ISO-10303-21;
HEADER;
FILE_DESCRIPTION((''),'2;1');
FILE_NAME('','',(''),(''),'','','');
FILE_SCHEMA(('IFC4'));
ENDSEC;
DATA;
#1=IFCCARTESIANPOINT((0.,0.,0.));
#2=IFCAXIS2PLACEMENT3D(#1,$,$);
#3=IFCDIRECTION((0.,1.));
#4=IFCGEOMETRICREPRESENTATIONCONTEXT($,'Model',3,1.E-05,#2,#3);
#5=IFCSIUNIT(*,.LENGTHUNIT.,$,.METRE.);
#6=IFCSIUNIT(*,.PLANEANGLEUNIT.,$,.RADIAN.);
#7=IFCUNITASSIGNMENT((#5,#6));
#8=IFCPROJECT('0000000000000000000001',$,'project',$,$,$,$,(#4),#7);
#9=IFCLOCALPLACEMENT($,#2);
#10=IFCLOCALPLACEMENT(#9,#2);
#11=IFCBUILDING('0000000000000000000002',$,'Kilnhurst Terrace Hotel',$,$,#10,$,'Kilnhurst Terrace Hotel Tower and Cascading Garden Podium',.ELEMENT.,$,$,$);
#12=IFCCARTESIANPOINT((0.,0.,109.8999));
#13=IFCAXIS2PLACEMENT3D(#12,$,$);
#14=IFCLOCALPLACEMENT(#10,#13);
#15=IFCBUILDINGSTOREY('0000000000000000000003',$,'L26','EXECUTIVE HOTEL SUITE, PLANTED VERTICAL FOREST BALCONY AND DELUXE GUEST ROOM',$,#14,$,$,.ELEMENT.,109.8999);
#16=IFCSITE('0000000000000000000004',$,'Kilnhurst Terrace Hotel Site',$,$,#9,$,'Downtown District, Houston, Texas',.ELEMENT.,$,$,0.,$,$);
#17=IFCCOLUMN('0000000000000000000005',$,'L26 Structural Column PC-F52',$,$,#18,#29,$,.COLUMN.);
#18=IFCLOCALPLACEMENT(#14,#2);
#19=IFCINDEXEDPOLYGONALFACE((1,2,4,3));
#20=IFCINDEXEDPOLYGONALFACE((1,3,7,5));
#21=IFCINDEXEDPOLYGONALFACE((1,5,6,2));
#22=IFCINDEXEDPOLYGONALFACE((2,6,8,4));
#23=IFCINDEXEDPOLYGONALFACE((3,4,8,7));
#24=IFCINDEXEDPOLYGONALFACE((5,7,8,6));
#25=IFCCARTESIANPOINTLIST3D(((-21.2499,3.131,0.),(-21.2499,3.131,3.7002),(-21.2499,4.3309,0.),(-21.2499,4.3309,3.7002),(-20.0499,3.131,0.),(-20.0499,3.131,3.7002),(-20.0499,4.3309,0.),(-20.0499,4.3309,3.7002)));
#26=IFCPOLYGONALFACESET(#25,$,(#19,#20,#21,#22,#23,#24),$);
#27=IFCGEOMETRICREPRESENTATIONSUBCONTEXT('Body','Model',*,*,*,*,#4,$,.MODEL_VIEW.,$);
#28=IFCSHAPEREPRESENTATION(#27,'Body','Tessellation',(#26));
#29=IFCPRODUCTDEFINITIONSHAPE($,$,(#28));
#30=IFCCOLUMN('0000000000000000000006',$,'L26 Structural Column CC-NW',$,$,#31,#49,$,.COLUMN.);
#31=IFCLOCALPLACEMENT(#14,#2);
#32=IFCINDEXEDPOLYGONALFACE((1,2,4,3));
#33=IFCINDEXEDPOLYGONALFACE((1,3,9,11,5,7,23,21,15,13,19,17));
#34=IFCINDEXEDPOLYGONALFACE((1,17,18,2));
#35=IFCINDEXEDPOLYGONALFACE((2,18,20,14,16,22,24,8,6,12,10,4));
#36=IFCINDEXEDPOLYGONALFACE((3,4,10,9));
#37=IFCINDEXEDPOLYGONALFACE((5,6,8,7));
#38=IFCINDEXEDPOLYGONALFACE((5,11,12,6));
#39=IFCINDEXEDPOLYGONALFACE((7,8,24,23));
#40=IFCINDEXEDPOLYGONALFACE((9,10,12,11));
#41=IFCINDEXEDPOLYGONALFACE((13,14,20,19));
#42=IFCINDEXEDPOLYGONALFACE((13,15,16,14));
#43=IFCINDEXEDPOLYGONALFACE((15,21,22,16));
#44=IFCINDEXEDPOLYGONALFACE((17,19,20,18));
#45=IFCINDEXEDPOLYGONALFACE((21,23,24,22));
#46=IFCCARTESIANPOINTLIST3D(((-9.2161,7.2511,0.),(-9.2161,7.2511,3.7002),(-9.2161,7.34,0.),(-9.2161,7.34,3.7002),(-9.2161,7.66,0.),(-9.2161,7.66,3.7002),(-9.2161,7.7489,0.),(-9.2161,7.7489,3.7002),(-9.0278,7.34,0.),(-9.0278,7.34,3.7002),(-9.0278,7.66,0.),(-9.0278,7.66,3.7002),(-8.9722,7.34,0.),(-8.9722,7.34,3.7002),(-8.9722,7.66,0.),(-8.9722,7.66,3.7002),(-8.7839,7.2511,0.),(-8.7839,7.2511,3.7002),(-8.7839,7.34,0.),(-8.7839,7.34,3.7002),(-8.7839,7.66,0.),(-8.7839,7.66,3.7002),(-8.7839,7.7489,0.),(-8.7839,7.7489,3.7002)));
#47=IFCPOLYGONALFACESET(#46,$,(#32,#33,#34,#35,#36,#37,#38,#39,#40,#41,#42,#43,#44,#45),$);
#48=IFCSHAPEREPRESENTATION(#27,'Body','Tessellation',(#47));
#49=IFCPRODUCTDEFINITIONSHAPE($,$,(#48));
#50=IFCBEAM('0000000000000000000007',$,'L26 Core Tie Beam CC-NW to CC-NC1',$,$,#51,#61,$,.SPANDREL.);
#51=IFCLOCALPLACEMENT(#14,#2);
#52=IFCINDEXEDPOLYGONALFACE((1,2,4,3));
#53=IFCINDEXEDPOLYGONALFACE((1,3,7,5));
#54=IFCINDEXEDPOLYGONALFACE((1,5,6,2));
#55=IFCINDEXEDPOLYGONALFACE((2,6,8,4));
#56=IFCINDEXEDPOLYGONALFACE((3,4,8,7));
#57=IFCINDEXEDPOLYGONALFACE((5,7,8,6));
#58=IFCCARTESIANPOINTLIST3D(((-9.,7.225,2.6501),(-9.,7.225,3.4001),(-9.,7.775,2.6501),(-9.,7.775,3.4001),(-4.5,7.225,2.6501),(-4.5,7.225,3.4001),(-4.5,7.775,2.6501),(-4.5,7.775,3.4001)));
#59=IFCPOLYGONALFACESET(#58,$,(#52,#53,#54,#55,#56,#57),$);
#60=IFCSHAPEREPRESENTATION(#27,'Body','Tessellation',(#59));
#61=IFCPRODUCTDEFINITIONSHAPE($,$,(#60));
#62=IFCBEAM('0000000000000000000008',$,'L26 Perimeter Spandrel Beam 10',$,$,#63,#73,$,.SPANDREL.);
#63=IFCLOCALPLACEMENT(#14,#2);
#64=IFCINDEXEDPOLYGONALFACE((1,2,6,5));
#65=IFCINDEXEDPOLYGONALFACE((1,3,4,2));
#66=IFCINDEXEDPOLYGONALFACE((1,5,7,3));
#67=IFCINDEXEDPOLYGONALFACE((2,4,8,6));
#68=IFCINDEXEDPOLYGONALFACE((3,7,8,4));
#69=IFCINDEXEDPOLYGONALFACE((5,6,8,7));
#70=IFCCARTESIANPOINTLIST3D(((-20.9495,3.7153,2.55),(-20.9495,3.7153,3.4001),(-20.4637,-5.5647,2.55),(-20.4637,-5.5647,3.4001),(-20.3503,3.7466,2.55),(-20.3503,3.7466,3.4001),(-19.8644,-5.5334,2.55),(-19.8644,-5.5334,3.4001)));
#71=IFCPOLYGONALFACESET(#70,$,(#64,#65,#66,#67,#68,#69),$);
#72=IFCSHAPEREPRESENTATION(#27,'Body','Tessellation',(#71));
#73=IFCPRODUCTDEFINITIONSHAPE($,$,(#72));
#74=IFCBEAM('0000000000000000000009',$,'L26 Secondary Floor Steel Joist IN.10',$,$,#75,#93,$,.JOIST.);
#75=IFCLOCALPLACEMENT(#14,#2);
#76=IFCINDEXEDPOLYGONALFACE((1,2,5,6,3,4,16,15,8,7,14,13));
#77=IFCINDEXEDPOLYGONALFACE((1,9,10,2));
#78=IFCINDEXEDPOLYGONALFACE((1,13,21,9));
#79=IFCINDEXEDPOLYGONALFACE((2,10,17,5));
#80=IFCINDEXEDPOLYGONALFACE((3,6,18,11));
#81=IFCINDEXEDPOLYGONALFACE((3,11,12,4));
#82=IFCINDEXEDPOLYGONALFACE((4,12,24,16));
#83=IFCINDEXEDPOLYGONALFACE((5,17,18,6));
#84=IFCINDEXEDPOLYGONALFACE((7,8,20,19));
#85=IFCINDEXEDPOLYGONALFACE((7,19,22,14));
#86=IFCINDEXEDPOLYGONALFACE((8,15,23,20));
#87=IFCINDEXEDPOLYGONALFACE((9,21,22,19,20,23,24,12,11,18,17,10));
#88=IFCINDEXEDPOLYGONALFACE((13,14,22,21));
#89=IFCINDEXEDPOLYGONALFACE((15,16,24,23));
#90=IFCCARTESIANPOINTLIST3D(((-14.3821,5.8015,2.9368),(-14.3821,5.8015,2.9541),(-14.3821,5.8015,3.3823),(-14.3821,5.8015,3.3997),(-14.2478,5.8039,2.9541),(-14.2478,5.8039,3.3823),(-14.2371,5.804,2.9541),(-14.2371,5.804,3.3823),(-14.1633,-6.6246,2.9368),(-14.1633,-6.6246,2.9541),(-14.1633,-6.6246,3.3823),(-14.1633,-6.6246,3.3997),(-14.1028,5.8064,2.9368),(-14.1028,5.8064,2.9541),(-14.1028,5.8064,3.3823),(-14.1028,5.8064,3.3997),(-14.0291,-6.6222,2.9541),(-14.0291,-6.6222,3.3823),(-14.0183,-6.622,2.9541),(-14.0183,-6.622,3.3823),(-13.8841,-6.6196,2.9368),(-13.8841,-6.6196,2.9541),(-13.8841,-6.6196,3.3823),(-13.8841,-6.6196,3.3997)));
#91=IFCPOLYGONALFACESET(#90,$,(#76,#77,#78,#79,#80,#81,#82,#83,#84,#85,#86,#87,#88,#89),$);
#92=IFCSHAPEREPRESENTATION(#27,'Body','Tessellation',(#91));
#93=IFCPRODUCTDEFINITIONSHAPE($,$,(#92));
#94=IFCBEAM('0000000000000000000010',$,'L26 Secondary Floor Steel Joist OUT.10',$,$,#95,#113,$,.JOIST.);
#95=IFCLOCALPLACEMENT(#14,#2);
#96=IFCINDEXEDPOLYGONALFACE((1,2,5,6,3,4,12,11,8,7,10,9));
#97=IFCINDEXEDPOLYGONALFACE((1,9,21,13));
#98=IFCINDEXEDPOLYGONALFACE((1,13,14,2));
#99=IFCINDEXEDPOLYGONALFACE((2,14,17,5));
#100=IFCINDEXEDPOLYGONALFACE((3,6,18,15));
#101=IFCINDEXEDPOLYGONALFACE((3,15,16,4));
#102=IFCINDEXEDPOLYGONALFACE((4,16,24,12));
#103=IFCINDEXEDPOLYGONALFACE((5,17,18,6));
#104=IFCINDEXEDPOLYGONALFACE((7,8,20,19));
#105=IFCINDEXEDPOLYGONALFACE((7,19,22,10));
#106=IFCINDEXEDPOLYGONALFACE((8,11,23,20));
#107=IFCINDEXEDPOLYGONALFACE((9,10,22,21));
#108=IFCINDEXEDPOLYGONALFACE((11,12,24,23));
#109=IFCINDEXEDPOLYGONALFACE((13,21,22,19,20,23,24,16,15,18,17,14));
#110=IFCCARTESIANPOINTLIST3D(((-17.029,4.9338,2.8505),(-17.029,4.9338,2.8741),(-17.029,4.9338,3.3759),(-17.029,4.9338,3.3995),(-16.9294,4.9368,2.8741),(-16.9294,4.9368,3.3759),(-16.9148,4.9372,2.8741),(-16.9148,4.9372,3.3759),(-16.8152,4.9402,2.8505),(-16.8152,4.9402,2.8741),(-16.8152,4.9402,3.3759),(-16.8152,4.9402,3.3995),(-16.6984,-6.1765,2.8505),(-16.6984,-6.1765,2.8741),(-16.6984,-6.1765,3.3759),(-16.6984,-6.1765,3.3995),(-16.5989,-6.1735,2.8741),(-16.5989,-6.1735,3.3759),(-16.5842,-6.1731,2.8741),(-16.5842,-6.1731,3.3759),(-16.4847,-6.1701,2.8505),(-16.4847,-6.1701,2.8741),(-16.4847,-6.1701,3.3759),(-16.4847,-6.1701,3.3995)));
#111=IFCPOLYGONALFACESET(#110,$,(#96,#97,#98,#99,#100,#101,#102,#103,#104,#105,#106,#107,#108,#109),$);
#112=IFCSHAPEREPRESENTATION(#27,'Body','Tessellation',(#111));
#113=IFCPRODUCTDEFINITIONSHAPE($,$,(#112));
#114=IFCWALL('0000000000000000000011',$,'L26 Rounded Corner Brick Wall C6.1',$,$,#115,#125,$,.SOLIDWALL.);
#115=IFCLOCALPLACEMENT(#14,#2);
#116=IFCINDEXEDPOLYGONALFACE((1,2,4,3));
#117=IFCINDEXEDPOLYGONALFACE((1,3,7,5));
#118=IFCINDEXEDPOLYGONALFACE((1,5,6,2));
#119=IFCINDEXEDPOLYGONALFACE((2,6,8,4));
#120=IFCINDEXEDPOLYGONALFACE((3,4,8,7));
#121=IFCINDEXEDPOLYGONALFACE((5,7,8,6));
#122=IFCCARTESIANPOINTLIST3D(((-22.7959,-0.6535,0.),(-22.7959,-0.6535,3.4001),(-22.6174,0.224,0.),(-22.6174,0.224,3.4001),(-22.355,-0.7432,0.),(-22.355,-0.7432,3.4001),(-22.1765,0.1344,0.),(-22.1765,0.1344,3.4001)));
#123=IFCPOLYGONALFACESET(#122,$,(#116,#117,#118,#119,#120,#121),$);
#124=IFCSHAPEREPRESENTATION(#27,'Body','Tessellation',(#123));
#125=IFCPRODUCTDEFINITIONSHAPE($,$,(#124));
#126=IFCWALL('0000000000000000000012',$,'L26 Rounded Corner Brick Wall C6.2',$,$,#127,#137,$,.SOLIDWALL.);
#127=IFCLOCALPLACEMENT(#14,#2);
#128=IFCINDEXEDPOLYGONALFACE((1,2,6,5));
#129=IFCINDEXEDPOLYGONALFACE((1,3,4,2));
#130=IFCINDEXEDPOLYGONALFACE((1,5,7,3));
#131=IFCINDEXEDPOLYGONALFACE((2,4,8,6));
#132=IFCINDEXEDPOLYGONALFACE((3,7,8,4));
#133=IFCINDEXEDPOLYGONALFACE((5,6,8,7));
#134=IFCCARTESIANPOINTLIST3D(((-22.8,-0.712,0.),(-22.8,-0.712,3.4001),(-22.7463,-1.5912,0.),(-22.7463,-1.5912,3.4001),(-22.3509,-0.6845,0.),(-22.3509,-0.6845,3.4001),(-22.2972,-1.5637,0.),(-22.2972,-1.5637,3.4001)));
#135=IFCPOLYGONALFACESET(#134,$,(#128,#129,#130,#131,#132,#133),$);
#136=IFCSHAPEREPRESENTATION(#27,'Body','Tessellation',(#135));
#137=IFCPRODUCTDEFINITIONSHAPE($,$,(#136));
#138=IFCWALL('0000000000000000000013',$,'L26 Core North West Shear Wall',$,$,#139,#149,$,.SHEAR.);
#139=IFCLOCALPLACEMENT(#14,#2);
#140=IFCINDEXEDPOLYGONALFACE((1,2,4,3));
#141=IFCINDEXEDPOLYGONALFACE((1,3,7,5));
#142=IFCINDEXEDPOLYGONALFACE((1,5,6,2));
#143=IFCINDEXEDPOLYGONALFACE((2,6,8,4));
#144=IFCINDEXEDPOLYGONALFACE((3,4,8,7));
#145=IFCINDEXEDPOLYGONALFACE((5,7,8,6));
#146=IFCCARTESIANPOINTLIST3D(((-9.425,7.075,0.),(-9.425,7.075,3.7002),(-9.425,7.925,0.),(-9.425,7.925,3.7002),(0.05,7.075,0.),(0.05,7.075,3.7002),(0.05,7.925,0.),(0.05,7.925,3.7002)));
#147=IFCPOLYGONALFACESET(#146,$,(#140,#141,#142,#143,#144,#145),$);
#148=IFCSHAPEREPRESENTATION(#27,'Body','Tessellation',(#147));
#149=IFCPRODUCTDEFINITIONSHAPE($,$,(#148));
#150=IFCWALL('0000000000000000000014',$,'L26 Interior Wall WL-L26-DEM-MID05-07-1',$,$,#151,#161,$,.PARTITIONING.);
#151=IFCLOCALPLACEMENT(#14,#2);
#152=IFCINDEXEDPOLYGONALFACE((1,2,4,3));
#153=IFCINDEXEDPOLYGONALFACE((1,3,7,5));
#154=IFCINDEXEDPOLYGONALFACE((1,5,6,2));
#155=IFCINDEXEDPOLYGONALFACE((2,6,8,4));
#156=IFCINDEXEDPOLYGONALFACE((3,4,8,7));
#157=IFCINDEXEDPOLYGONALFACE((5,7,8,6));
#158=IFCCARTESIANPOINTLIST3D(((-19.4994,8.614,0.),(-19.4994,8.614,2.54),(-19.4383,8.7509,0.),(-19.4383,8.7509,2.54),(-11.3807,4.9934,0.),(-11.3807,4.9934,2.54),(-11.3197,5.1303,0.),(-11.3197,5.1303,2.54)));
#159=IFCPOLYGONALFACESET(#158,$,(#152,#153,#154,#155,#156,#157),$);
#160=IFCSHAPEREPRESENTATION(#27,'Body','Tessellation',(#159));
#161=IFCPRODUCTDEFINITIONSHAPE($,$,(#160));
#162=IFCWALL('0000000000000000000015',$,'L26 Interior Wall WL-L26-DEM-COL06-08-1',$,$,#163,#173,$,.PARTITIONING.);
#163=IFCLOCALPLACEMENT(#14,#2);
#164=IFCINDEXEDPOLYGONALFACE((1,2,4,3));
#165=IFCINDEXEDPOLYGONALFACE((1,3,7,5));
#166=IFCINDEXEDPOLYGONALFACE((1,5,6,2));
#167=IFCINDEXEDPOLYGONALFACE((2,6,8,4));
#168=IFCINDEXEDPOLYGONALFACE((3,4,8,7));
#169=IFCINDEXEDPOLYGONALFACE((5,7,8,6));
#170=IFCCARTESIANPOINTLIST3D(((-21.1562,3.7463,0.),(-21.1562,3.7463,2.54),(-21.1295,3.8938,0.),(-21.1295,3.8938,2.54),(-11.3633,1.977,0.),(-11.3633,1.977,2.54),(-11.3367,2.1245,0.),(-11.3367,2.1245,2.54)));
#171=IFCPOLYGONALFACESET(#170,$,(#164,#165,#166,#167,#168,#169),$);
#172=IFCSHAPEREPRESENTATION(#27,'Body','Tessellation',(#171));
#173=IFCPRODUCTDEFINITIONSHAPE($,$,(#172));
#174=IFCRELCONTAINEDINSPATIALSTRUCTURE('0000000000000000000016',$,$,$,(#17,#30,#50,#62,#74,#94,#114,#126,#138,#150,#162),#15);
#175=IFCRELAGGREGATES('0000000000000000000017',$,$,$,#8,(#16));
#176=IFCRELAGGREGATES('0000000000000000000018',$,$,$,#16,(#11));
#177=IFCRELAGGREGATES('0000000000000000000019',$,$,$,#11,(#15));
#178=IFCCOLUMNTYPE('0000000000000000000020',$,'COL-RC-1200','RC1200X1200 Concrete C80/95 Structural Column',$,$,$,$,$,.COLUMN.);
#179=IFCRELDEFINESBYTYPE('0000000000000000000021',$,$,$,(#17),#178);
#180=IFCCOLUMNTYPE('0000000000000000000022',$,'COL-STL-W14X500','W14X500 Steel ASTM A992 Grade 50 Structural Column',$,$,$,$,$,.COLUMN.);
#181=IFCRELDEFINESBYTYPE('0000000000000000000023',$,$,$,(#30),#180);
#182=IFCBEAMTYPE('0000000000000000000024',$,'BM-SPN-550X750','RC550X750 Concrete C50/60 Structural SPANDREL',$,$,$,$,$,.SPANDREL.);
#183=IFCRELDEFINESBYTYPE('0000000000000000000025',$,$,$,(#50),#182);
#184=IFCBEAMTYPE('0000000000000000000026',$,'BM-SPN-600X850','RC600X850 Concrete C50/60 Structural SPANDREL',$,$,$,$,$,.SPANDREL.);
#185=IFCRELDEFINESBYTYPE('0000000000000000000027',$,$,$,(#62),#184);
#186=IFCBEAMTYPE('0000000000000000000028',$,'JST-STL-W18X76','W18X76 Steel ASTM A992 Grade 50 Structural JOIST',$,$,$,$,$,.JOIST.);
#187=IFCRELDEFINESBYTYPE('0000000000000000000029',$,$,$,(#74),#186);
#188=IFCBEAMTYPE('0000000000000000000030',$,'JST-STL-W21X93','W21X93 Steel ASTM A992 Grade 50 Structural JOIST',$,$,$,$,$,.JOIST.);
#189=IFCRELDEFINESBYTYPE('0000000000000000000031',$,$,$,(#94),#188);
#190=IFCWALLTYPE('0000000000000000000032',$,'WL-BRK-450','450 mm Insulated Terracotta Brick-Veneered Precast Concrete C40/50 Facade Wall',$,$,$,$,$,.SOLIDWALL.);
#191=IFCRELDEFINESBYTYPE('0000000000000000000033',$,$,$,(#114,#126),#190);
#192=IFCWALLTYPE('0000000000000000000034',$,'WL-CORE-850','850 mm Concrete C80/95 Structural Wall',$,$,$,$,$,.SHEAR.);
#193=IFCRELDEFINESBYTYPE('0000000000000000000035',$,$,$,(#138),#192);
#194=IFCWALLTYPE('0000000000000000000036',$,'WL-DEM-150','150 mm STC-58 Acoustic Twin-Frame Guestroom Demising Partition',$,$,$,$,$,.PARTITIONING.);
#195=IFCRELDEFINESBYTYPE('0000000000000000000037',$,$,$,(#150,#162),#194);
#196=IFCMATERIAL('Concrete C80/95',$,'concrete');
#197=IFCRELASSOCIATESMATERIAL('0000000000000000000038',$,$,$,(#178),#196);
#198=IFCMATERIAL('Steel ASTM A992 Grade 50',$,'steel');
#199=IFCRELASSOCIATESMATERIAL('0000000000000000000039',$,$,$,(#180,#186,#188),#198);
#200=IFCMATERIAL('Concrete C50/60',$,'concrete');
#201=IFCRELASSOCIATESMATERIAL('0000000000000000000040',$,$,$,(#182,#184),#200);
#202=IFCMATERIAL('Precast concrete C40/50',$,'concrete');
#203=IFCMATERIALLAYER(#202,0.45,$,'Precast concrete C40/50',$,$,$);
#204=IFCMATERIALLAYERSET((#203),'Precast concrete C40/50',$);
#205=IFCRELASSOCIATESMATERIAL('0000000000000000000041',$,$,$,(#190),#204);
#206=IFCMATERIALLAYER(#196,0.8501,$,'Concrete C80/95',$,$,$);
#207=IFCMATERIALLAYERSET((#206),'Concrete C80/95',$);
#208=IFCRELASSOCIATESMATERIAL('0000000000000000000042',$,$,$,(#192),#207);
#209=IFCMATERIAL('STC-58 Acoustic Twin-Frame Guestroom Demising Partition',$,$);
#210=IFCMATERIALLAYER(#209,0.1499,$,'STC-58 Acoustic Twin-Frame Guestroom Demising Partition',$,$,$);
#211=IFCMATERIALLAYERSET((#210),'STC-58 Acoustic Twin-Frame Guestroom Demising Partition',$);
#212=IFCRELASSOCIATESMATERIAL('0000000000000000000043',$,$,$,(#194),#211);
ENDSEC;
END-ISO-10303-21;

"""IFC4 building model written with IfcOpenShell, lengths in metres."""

from ifc_helpers import new_model, si_unit, direction, frame, frame_2d, origin, origin_2d, place, context, subcontext, project, spatial, rectangle, i_section, extrude, material, layer, layer_set, material_profile, profile_set, type_object, element, save


model = new_model("IFC4")

# Units and contexts
model_context = context("Model", 3, precision=1e-05, world=origin(), true_north=direction((0.0, 1.0)))
body_context = subcontext(model_context, "Body", "Model", "MODEL_VIEW")
ifc_project = project(units=[si_unit("LENGTHUNIT", "METRE"), si_unit("PLANEANGLEUNIT", "RADIAN")], contexts=[model_context])

# Site, building, storey
site_placement = place(None, origin())
site = spatial("IfcSite", under=ifc_project, at=site_placement, Name="Kilnhurst Terrace Hotel Site", LongName="Downtown District, Houston, Texas", CompositionType="ELEMENT", RefElevation=0.0)
building_placement = place(site_placement, origin())
building = spatial("IfcBuilding", under=site, at=building_placement, Name="Kilnhurst Terrace Hotel", LongName="Kilnhurst Terrace Hotel Tower and Cascading Garden Podium", CompositionType="ELEMENT")
storey_placement = place(building_placement, frame((0.0, 0.0, 109.8999)))
storey = spatial("IfcBuildingStorey", under=building, at=storey_placement, Name="L26", Description="EXECUTIVE HOTEL SUITE, PLANTED VERTICAL FOREST BALCONY AND DELUXE GUEST ROOM", CompositionType="ELEMENT", Elevation=109.8999)

# Columns
ifc_material_1 = material(Name="Concrete C80/95", Category="concrete")
ifc_material_profile_1 = material_profile(ifc_material_1, rectangle(XDim=1.2, YDim=1.2, at=origin_2d()), Name="RC1200X1200")
ifc_profile_set_1 = profile_set([ifc_material_profile_1], Name="Concrete C80/95")
column_type_1 = type_object("IfcColumnType", Name="COL-RC-1200", Description="RC1200X1200 Concrete C80/95 Structural Column", PredefinedType="COLUMN", material=ifc_profile_set_1)
column_1_placement = place(storey_placement, frame((-20.6499, 3.731, 0.0), z_axis=(0.0, 0.0, 1.0), x_axis=(1.0, 0.0, 0.0)))
element("IfcColumn", 1, at=column_1_placement, inside=storey, type_object=column_type_1, Name="L26 Structural Column PC-F52", PredefinedType="COLUMN", context=body_context, shape_type="SweptSolid", body=[
    extrude(rectangle(XDim=1.2, YDim=1.2, at=origin_2d()), origin(), (0.0, 0.0, 1.0), 3.7002),
])
ifc_material_2 = material(Name="Steel ASTM A992 Grade 50", Category="steel")
ifc_material_profile_2 = material_profile(ifc_material_2, i_section(OverallWidth=0.4321, OverallDepth=0.4978, WebThickness=0.0557, FlangeThickness=0.0889, at=origin_2d()), Name="W14X500")
ifc_profile_set_2 = profile_set([ifc_material_profile_2], Name="Steel ASTM A992 Grade 50")
column_type_2 = type_object("IfcColumnType", Name="COL-STL-W14X500", Description="W14X500 Steel ASTM A992 Grade 50 Structural Column", PredefinedType="COLUMN", material=ifc_profile_set_2)
column_2_placement = place(storey_placement, frame((-9.0, 7.5, 0.0), z_axis=(0.0, 0.0, 1.0), x_axis=(1.0, 0.0, 0.0)))
element("IfcColumn", 2, at=column_2_placement, inside=storey, type_object=column_type_2, Name="L26 Structural Column CC-NW", PredefinedType="COLUMN", context=body_context, shape_type="SweptSolid", body=[
    extrude(i_section(OverallWidth=0.4321, OverallDepth=0.4978, WebThickness=0.0557, FlangeThickness=0.0889, at=origin_2d()), origin(), (0.0, 0.0, 1.0), 3.7002),
])

# Beams
ifc_material_3 = material(Name="Concrete C50/60", Category="concrete")
ifc_material_profile_3 = material_profile(ifc_material_3, rectangle(XDim=0.55, YDim=0.75, at=origin_2d()), Name="RC550X750")
ifc_profile_set_3 = profile_set([ifc_material_profile_3], Name="Concrete C50/60")
beam_type_1 = type_object("IfcBeamType", Name="BM-SPN-550X750", Description="RC550X750 Concrete C50/60 Structural SPANDREL", PredefinedType="SPANDREL", material=ifc_profile_set_3)
beam_1_placement = place(storey_placement, frame((-9.0, 7.5, 3.0251), z_axis=(1.0, 0.0, 0.0), x_axis=(0.0, 1.0, 0.0)))
element("IfcBeam", 3, at=beam_1_placement, inside=storey, type_object=beam_type_1, Name="L26 Core Tie Beam CC-NW to CC-NC1", PredefinedType="SPANDREL", context=body_context, shape_type="SweptSolid", body=[
    extrude(rectangle(XDim=0.55, YDim=0.75, at=origin_2d()), origin(), (0.0, 0.0, 1.0), 4.5),
])
ifc_material_profile_4 = material_profile(ifc_material_3, rectangle(XDim=0.6001, YDim=0.8501, at=origin_2d()), Name="RC600X850")
ifc_profile_set_4 = profile_set([ifc_material_profile_4], Name="Concrete C50/60")
beam_type_2 = type_object("IfcBeamType", Name="BM-SPN-600X850", Description="RC600X850 Concrete C50/60 Structural SPANDREL", PredefinedType="SPANDREL", material=ifc_profile_set_4)
beam_2_placement = place(storey_placement, frame((-20.6499, 3.731, 2.9751), z_axis=(0.052282, -0.998632, 0.0), x_axis=(0.998632, 0.052282, 0.0)))
element("IfcBeam", 4, at=beam_2_placement, inside=storey, type_object=beam_type_2, Name="L26 Perimeter Spandrel Beam 10", PredefinedType="SPANDREL", context=body_context, shape_type="SweptSolid", body=[
    extrude(rectangle(XDim=0.6001, YDim=0.8501, at=origin_2d()), origin(), (0.0, 0.0, 1.0), 9.2927),
])
ifc_material_profile_5 = material_profile(ifc_material_2, i_section(OverallWidth=0.2793, OverallDepth=0.4629, WebThickness=0.0107, FlangeThickness=0.0173, at=origin_2d()), Name="W18X76")
ifc_profile_set_5 = profile_set([ifc_material_profile_5], Name="Steel ASTM A992 Grade 50")
beam_type_3 = type_object("IfcBeamType", Name="JST-STL-W18X76", Description="W18X76 Steel ASTM A992 Grade 50 Structural JOIST", PredefinedType="JOIST", material=ifc_profile_set_5)
beam_3_placement = place(storey_placement, frame((-14.2424, 5.804, 3.1682), z_axis=(0.017601, -0.999845, 0.0), x_axis=(0.999845, 0.017601, 0.0)))
element("IfcBeam", 5, at=beam_3_placement, inside=storey, type_object=beam_type_3, Name="L26 Secondary Floor Steel Joist IN.10", PredefinedType="JOIST", context=body_context, shape_type="SweptSolid", body=[
    extrude(i_section(OverallWidth=0.2793, OverallDepth=0.4629, WebThickness=0.0107, FlangeThickness=0.0173, at=origin_2d()), origin(), (0.0, 0.0, 1.0), 12.428),
])
ifc_material_profile_6 = material_profile(ifc_material_2, i_section(OverallWidth=0.2139, OverallDepth=0.5491, WebThickness=0.0146, FlangeThickness=0.0237, at=origin_2d()), Name="W21X93")
ifc_profile_set_6 = profile_set([ifc_material_profile_6], Name="Steel ASTM A992 Grade 50")
beam_type_4 = type_object("IfcBeamType", Name="JST-STL-W21X93", Description="W21X93 Steel ASTM A992 Grade 50 Structural JOIST", PredefinedType="JOIST", material=ifc_profile_set_6)
beam_4_placement = place(storey_placement, frame((-16.9221, 4.937, 3.125), z_axis=(0.02974, -0.999558, 0.0), x_axis=(0.999558, 0.02974, 0.0)))
element("IfcBeam", 6, at=beam_4_placement, inside=storey, type_object=beam_type_4, Name="L26 Secondary Floor Steel Joist OUT.10", PredefinedType="JOIST", context=body_context, shape_type="SweptSolid", body=[
    extrude(i_section(OverallWidth=0.2139, OverallDepth=0.5491, WebThickness=0.0146, FlangeThickness=0.0237, at=origin_2d()), origin(), (0.0, 0.0, 1.0), 11.1152),
])

# Walls
ifc_material_4 = material(Name="Precast concrete C40/50", Category="concrete")
ifc_layer_1 = layer(ifc_material_4, 0.45, Name="Precast concrete C40/50")
ifc_layer_set_1 = layer_set([ifc_layer_1], Name="Precast concrete C40/50")
wall_type_1 = type_object("IfcWallType", Name="WL-BRK-450", Description="450 mm Insulated Terracotta Brick-Veneered Precast Concrete C40/50 Facade Wall", PredefinedType="SOLIDWALL", material=ifc_layer_set_1)
wall_1_placement = place(storey_placement, frame((-22.397, 0.1792, 0.0), z_axis=(0.0, 0.0, 1.0), x_axis=(-0.199314, -0.979936, 0.0)))
element("IfcWall", 7, at=wall_1_placement, inside=storey, type_object=wall_type_1, Name="L26 Rounded Corner Brick Wall C6.1", PredefinedType="SOLIDWALL", context=body_context, shape_type="SweptSolid", body=[
    extrude(rectangle(XDim=0.8955, YDim=0.45, at=frame_2d((0.4478, 0.0))), origin(), (0.0, 0.0, 1.0), 3.4001),
])
wall_2_placement = place(storey_placement, frame((-22.5754, -0.6982, 0.0), z_axis=(0.0, 0.0, 1.0), x_axis=(0.06098, -0.998139, 0.0)))
element("IfcWall", 8, at=wall_2_placement, inside=storey, type_object=wall_type_1, Name="L26 Rounded Corner Brick Wall C6.2", PredefinedType="SOLIDWALL", context=body_context, shape_type="SweptSolid", body=[
    extrude(rectangle(XDim=0.8809, YDim=0.45, at=frame_2d((0.4404, 0.0))), origin(), (0.0, 0.0, 1.0), 3.4001),
])
ifc_layer_2 = layer(ifc_material_1, 0.8501, Name="Concrete C80/95")
ifc_layer_set_2 = layer_set([ifc_layer_2], Name="Concrete C80/95")
wall_type_2 = type_object("IfcWallType", Name="WL-CORE-850", Description="850 mm Concrete C80/95 Structural Wall", PredefinedType="SHEAR", material=ifc_layer_set_2)
wall_3_placement = place(storey_placement, frame((-9.425, 7.5, 0.0), z_axis=(0.0, 0.0, 1.0), x_axis=(1.0, 0.0, 0.0)))
element("IfcWall", 9, at=wall_3_placement, inside=storey, type_object=wall_type_2, Name="L26 Core North West Shear Wall", PredefinedType="SHEAR", context=body_context, shape_type="SweptSolid", body=[
    extrude(rectangle(XDim=9.4751, YDim=0.8501, at=frame_2d((4.7375, 0.0))), origin(), (0.0, 0.0, 1.0), 3.7002),
])
ifc_material_5 = material(Name="STC-58 Acoustic Twin-Frame Guestroom Demising Partition")
ifc_layer_3 = layer(ifc_material_5, 0.1499, Name="STC-58 Acoustic Twin-Frame Guestroom Demising Partition")
ifc_layer_set_3 = layer_set([ifc_layer_3], Name="STC-58 Acoustic Twin-Frame Guestroom Demising Partition")
wall_type_3 = type_object("IfcWallType", Name="WL-DEM-150", Description="150 mm STC-58 Acoustic Twin-Frame Guestroom Demising Partition", PredefinedType="PARTITIONING", material=ifc_layer_set_3)
wall_4_placement = place(storey_placement, frame((-11.3501, 5.0618, 0.0), z_axis=(0.0, 0.0, 1.0), x_axis=(-0.913297, 0.407295, 0.0)))
element("IfcWall", 10, at=wall_4_placement, inside=storey, type_object=wall_type_3, Name="L26 Interior Wall WL-L26-DEM-MID05-07-1", PredefinedType="PARTITIONING", context=body_context, shape_type="SweptSolid", body=[
    extrude(rectangle(XDim=8.8894, YDim=0.1499, at=frame_2d((4.4448, 0.0))), origin(), (0.0, 0.0, 1.0), 2.54),
])
wall_5_placement = place(storey_placement, frame((-11.3501, 2.0508, 0.0), z_axis=(0.0, 0.0, 1.0), x_axis=(-0.984068, 0.177791, 0.0)))
element("IfcWall", 11, at=wall_5_placement, inside=storey, type_object=wall_type_3, Name="L26 Interior Wall WL-L26-DEM-COL06-08-1", PredefinedType="PARTITIONING", context=body_context, shape_type="SweptSolid", body=[
    extrude(rectangle(XDim=9.9514, YDim=0.1499, at=frame_2d((4.9756, 0.0))), origin(), (0.0, 0.0, 1.0), 2.54),
])

save(model, "model.ifc")
